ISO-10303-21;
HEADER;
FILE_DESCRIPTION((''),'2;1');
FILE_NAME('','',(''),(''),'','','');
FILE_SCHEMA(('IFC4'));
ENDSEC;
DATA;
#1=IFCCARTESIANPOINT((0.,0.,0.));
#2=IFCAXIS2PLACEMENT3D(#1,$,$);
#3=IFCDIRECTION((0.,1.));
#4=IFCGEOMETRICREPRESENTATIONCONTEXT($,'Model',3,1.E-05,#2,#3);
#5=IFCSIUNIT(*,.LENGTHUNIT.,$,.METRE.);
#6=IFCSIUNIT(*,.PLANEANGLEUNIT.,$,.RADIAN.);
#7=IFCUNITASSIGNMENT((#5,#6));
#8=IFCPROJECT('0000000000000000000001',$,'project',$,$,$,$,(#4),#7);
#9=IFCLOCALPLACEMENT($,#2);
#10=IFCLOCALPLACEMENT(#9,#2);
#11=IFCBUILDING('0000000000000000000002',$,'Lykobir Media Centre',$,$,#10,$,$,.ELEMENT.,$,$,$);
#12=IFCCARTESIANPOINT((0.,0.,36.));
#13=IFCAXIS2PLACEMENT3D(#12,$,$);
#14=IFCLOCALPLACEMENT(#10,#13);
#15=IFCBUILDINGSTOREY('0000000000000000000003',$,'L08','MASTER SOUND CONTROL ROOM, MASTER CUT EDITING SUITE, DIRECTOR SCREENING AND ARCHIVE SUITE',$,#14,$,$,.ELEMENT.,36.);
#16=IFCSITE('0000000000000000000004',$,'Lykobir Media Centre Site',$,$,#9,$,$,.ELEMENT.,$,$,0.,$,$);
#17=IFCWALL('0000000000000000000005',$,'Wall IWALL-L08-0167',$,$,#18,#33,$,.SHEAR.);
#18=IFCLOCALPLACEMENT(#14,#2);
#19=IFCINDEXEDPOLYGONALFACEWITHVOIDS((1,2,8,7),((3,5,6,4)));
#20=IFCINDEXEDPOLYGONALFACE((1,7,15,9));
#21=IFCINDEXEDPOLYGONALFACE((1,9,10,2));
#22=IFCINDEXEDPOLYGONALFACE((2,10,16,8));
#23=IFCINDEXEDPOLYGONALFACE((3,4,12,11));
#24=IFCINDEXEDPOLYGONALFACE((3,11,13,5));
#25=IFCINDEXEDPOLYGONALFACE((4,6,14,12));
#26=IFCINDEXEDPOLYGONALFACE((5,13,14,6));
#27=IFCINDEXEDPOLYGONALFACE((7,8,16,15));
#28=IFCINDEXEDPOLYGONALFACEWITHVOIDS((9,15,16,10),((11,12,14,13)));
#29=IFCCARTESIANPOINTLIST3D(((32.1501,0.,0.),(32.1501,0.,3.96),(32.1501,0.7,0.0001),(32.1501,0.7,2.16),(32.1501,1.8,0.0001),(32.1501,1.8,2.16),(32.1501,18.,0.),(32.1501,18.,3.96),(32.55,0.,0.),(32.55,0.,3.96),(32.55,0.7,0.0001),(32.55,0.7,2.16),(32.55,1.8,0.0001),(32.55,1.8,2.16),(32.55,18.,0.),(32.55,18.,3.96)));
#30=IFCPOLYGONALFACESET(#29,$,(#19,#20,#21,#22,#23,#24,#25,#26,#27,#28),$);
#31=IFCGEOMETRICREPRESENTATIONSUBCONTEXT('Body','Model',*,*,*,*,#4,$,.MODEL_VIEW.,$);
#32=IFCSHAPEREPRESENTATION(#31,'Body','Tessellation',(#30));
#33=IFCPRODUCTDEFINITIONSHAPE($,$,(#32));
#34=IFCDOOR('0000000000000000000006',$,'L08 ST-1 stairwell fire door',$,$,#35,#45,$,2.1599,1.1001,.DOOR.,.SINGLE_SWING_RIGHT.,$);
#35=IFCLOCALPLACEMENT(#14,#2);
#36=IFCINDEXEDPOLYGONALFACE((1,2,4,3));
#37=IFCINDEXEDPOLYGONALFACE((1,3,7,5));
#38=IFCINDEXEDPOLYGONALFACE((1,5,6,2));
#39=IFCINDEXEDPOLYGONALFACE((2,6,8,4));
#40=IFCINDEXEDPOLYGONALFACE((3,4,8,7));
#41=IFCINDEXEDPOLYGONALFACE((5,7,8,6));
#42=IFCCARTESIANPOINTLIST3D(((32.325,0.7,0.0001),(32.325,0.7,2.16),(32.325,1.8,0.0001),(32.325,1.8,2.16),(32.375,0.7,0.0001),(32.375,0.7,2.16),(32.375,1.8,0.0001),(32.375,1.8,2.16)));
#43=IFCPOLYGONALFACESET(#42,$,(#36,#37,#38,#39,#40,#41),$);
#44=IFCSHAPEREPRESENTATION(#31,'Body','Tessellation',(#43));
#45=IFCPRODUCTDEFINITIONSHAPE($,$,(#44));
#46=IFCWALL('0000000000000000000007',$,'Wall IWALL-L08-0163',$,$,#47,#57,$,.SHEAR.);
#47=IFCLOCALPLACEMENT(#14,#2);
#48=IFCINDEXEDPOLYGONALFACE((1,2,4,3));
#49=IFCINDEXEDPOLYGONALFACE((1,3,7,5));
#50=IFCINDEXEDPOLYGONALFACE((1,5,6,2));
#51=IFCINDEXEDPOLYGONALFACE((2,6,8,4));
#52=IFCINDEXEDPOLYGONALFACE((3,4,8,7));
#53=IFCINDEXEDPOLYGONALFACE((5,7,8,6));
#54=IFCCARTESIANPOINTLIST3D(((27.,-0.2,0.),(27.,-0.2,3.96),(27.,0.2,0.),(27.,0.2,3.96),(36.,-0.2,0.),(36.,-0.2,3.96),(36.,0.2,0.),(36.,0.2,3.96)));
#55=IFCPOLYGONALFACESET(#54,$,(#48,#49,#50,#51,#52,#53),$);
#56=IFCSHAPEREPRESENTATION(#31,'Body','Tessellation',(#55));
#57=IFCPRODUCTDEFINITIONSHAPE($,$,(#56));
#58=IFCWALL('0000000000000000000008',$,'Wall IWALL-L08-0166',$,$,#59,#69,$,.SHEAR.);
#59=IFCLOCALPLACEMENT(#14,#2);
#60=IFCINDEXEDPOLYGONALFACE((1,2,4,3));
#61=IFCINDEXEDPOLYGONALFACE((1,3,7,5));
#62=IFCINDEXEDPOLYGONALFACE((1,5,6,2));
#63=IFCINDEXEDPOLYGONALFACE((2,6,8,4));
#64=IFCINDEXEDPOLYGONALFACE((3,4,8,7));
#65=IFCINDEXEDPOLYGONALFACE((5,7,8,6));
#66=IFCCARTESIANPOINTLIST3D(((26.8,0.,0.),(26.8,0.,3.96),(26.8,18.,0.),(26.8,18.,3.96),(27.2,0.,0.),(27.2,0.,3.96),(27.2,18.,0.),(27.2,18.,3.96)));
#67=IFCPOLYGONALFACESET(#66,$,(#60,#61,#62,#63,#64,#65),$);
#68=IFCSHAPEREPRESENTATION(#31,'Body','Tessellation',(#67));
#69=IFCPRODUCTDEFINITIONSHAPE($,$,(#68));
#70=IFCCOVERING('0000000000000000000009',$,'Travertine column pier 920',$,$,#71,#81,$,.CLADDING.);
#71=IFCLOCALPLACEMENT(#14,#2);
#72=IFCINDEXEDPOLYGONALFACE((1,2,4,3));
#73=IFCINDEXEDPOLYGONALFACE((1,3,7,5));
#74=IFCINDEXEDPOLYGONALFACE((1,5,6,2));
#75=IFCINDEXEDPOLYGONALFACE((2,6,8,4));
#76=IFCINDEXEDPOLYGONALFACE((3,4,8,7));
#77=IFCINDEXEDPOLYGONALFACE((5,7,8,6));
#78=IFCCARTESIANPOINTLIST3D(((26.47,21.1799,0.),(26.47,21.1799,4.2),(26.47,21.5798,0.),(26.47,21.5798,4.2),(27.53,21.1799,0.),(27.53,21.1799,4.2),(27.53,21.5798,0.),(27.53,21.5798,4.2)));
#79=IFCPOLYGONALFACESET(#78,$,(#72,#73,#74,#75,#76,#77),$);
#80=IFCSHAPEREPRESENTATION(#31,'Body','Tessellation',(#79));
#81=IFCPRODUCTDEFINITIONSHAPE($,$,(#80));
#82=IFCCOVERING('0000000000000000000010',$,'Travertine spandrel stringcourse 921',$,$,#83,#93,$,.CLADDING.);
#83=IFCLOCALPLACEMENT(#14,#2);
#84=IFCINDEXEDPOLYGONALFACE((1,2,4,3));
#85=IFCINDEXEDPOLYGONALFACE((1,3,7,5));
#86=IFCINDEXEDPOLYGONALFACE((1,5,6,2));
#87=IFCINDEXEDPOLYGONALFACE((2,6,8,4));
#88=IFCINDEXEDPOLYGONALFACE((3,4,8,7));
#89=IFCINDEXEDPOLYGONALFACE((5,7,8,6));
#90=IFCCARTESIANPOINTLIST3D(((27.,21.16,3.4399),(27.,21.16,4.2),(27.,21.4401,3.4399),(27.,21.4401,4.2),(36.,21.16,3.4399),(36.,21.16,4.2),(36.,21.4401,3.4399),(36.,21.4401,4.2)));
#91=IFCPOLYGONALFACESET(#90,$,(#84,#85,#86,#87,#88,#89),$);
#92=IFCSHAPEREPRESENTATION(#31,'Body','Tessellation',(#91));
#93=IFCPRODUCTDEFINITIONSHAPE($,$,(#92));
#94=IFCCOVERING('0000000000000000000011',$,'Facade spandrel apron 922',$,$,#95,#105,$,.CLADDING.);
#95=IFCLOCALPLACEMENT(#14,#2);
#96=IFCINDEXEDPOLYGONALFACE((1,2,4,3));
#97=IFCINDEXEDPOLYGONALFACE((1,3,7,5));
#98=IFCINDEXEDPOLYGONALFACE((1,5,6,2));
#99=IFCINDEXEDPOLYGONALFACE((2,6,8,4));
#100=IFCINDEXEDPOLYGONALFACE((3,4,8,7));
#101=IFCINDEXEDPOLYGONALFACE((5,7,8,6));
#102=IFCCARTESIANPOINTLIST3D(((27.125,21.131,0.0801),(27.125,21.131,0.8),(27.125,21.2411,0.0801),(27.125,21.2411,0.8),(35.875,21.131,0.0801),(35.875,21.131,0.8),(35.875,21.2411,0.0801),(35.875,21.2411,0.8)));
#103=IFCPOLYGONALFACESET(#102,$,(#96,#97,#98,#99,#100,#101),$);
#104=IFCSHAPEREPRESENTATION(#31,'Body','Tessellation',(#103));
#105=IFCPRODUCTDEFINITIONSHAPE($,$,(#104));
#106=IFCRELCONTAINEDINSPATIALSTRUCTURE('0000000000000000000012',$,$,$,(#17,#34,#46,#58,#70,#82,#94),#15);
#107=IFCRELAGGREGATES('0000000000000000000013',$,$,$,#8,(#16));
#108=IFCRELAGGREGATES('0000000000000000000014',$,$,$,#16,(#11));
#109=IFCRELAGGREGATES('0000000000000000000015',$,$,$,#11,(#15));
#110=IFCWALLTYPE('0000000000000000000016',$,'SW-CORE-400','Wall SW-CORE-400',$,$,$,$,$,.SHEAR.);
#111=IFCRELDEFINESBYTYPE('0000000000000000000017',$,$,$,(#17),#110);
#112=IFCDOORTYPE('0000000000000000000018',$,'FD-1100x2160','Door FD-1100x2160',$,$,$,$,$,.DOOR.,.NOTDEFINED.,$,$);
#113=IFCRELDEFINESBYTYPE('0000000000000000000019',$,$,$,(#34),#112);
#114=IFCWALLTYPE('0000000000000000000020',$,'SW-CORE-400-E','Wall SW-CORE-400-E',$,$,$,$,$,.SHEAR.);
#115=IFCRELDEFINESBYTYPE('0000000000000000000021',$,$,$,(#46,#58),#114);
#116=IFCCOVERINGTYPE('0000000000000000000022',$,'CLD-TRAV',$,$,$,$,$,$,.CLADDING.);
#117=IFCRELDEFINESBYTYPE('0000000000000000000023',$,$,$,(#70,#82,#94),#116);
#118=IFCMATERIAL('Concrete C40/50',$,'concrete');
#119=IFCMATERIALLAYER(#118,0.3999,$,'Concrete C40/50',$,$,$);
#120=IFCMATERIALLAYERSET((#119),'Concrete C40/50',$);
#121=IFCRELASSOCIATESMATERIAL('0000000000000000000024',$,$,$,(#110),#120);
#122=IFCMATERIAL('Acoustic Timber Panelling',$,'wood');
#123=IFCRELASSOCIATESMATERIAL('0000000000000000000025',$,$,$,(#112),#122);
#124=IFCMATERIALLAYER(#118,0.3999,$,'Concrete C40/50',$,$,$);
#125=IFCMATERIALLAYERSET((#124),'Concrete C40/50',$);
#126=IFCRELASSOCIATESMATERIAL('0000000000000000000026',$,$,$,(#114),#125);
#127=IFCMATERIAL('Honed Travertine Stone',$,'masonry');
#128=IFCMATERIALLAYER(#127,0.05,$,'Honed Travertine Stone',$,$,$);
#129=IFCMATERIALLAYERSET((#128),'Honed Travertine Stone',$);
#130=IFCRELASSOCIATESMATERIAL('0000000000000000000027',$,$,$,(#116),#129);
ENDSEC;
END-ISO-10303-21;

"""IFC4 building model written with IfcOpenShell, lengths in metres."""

from ifc_helpers import new_model, si_unit, direction, frame, frame_2d, origin, origin_2d, place, context, subcontext, project, spatial, rectangle, extrude, material, layer, layer_set, type_object, element, fill, save


model = new_model("IFC4")

# Units and contexts
model_context = context("Model", 3, precision=1e-05, world=origin(), true_north=direction((0.0, 1.0)))
body_context = subcontext(model_context, "Body", "Model", "MODEL_VIEW")
ifc_project = project(units=[si_unit("LENGTHUNIT", "METRE"), si_unit("PLANEANGLEUNIT", "RADIAN")], contexts=[model_context])

# Site, building, storey
site_placement = place(None, origin())
site = spatial("IfcSite", under=ifc_project, at=site_placement, Name="Lykobir Media Centre Site", CompositionType="ELEMENT", RefElevation=0.0)
building_placement = place(site_placement, origin())
building = spatial("IfcBuilding", under=site, at=building_placement, Name="Lykobir Media Centre", CompositionType="ELEMENT")
storey_placement = place(building_placement, frame((0.0, 0.0, 36.0)))
storey = spatial("IfcBuildingStorey", under=building, at=storey_placement, Name="L08", Description="MASTER SOUND CONTROL ROOM, MASTER CUT EDITING SUITE, DIRECTOR SCREENING AND ARCHIVE SUITE", CompositionType="ELEMENT", Elevation=36.0)

# Shared definitions
ifc_material_1 = material(Name="Concrete C40/50", Category="concrete")

# Wall, opening, door
ifc_layer_1 = layer(ifc_material_1, 0.3999, Name="Concrete C40/50")
ifc_layer_set_1 = layer_set([ifc_layer_1], Name="Concrete C40/50")
wall_type_1 = type_object("IfcWallType", Name="SW-CORE-400", Description="Wall SW-CORE-400", PredefinedType="SHEAR", material=ifc_layer_set_1)
wall_1_placement = place(storey_placement, frame((32.3501, 0.0, 0.0), z_axis=(0.0, 0.0, 1.0), x_axis=(0.0, 1.0, 0.0)))
wall_1 = element("IfcWall", 1, at=wall_1_placement, inside=storey, type_object=wall_type_1, Name="Wall IWALL-L08-0167", PredefinedType="SHEAR", context=body_context, shape_type="SweptSolid", body=[
    extrude(rectangle(XDim=18.0, YDim=0.3999, at=frame_2d((9.0, 0.0))), origin(), (0.0, 0.0, 1.0), 3.96),
])
opening_1_placement = place(wall_1_placement, frame((0.7, 0.0, 0.0)))
opening_1 = element("IfcOpeningElement", 2, at=opening_1_placement, cuts=wall_1, PredefinedType="OPENING", context=body_context, shape_type="SweptSolid", body=[
    extrude(rectangle(XDim=1.1001, YDim=2.1599, at=frame_2d((0.55, 1.0801))), frame((0.0, 0.21, 0.0), z_axis=(0.0, -1.0, 0.0), x_axis=(1.0, 0.0, 0.0)), (0.0, 0.0, 1.0), 0.4199),
])
ifc_material_2 = material(Name="Acoustic Timber Panelling", Category="wood")
door_type = type_object("IfcDoorType", Name="FD-1100x2160", Description="Door FD-1100x2160", OperationType="NOTDEFINED", PredefinedType="DOOR", material=ifc_material_2)
door_placement = place(opening_1_placement, frame((1.1001, 0.0, 0.0), z_axis=(0.0, 0.0, 1.0), x_axis=(-1.0, 0.0, 0.0)))
door = element("IfcDoor", 3, at=door_placement, inside=storey, type_object=door_type, Name="L08 ST-1 stairwell fire door", OperationType="SINGLE_SWING_RIGHT", OverallHeight=2.1599, OverallWidth=1.1001, PredefinedType="DOOR", context=body_context, shape_type="SweptSolid", body=[
    extrude(rectangle(XDim=1.1001, YDim=2.1599, at=frame_2d((0.55, 1.0801))), frame((0.0, 0.0249, 0.0), z_axis=(0.0, -1.0, 0.0), x_axis=(1.0, 0.0, 0.0)), (0.0, 0.0, 1.0), 0.05),
])
fill(opening_1, door)

# Walls
ifc_layer_2 = layer(ifc_material_1, 0.3999, Name="Concrete C40/50")
ifc_layer_set_2 = layer_set([ifc_layer_2], Name="Concrete C40/50")
wall_type_2 = type_object("IfcWallType", Name="SW-CORE-400-E", Description="Wall SW-CORE-400-E", PredefinedType="SHEAR", material=ifc_layer_set_2)
wall_2_placement = place(storey_placement, frame((27.0, 0.0, 0.0), z_axis=(0.0, 0.0, 1.0), x_axis=(1.0, 0.0, 0.0)))
element("IfcWall", 4, at=wall_2_placement, inside=storey, type_object=wall_type_2, Name="Wall IWALL-L08-0163", PredefinedType="SHEAR", context=body_context, shape_type="SweptSolid", body=[
    extrude(rectangle(XDim=9.0, YDim=0.3999, at=frame_2d((4.5, 0.0))), origin(), (0.0, 0.0, 1.0), 3.96),
])
wall_3_placement = place(storey_placement, frame((27.0, 18.0, 0.0), z_axis=(0.0, 0.0, 1.0), x_axis=(0.0, -1.0, 0.0)))
element("IfcWall", 5, at=wall_3_placement, inside=storey, type_object=wall_type_2, Name="Wall IWALL-L08-0166", PredefinedType="SHEAR", context=body_context, shape_type="SweptSolid", body=[
    extrude(rectangle(XDim=18.0, YDim=0.3999, at=frame_2d((9.0, 0.0))), origin(), (0.0, 0.0, 1.0), 3.96),
])

# Coverings
ifc_material_3 = material(Name="Honed Travertine Stone", Category="masonry")
ifc_layer_3 = layer(ifc_material_3, 0.05, Name="Honed Travertine Stone")
ifc_layer_set_3 = layer_set([ifc_layer_3], Name="Honed Travertine Stone")
covering_type = type_object("IfcCoveringType", Name="CLD-TRAV", PredefinedType="CLADDING", material=ifc_layer_set_3)
covering_1_placement = place(storey_placement, frame((27.0, 21.3799, 0.0), z_axis=(0.0, 0.0, 1.0), x_axis=(-1.0, 0.0, 0.0)))
element("IfcCovering", 6, at=covering_1_placement, inside=storey, type_object=covering_type, Name="Travertine column pier 920", PredefinedType="CLADDING", context=body_context, shape_type="SweptSolid", body=[
    extrude(rectangle(XDim=1.0601, YDim=0.3999, at=origin_2d()), origin(), (0.0, 0.0, 1.0), 4.2),
])
covering_2_placement = place(storey_placement, frame((31.5, 21.3, 3.4399), z_axis=(0.0, 0.0, 1.0), x_axis=(-1.0, 0.0, 0.0)))
element("IfcCovering", 7, at=covering_2_placement, inside=storey, type_object=covering_type, Name="Travertine spandrel stringcourse 921", PredefinedType="CLADDING", context=body_context, shape_type="SweptSolid", body=[
    extrude(rectangle(XDim=9.0, YDim=0.28, at=origin_2d()), origin(), (0.0, 0.0, 1.0), 0.76),
])
covering_3_placement = place(storey_placement, frame((31.5, 21.186, 0.0801), z_axis=(0.0, 0.0, 1.0), x_axis=(-1.0, 0.0, 0.0)))
element("IfcCovering", 8, at=covering_3_placement, inside=storey, type_object=covering_type, Name="Facade spandrel apron 922", PredefinedType="CLADDING", context=body_context, shape_type="SweptSolid", body=[
    extrude(rectangle(XDim=8.75, YDim=0.1101, at=origin_2d()), origin(), (0.0, 0.0, 1.0), 0.72),
])

save(model, "model.ifc")
